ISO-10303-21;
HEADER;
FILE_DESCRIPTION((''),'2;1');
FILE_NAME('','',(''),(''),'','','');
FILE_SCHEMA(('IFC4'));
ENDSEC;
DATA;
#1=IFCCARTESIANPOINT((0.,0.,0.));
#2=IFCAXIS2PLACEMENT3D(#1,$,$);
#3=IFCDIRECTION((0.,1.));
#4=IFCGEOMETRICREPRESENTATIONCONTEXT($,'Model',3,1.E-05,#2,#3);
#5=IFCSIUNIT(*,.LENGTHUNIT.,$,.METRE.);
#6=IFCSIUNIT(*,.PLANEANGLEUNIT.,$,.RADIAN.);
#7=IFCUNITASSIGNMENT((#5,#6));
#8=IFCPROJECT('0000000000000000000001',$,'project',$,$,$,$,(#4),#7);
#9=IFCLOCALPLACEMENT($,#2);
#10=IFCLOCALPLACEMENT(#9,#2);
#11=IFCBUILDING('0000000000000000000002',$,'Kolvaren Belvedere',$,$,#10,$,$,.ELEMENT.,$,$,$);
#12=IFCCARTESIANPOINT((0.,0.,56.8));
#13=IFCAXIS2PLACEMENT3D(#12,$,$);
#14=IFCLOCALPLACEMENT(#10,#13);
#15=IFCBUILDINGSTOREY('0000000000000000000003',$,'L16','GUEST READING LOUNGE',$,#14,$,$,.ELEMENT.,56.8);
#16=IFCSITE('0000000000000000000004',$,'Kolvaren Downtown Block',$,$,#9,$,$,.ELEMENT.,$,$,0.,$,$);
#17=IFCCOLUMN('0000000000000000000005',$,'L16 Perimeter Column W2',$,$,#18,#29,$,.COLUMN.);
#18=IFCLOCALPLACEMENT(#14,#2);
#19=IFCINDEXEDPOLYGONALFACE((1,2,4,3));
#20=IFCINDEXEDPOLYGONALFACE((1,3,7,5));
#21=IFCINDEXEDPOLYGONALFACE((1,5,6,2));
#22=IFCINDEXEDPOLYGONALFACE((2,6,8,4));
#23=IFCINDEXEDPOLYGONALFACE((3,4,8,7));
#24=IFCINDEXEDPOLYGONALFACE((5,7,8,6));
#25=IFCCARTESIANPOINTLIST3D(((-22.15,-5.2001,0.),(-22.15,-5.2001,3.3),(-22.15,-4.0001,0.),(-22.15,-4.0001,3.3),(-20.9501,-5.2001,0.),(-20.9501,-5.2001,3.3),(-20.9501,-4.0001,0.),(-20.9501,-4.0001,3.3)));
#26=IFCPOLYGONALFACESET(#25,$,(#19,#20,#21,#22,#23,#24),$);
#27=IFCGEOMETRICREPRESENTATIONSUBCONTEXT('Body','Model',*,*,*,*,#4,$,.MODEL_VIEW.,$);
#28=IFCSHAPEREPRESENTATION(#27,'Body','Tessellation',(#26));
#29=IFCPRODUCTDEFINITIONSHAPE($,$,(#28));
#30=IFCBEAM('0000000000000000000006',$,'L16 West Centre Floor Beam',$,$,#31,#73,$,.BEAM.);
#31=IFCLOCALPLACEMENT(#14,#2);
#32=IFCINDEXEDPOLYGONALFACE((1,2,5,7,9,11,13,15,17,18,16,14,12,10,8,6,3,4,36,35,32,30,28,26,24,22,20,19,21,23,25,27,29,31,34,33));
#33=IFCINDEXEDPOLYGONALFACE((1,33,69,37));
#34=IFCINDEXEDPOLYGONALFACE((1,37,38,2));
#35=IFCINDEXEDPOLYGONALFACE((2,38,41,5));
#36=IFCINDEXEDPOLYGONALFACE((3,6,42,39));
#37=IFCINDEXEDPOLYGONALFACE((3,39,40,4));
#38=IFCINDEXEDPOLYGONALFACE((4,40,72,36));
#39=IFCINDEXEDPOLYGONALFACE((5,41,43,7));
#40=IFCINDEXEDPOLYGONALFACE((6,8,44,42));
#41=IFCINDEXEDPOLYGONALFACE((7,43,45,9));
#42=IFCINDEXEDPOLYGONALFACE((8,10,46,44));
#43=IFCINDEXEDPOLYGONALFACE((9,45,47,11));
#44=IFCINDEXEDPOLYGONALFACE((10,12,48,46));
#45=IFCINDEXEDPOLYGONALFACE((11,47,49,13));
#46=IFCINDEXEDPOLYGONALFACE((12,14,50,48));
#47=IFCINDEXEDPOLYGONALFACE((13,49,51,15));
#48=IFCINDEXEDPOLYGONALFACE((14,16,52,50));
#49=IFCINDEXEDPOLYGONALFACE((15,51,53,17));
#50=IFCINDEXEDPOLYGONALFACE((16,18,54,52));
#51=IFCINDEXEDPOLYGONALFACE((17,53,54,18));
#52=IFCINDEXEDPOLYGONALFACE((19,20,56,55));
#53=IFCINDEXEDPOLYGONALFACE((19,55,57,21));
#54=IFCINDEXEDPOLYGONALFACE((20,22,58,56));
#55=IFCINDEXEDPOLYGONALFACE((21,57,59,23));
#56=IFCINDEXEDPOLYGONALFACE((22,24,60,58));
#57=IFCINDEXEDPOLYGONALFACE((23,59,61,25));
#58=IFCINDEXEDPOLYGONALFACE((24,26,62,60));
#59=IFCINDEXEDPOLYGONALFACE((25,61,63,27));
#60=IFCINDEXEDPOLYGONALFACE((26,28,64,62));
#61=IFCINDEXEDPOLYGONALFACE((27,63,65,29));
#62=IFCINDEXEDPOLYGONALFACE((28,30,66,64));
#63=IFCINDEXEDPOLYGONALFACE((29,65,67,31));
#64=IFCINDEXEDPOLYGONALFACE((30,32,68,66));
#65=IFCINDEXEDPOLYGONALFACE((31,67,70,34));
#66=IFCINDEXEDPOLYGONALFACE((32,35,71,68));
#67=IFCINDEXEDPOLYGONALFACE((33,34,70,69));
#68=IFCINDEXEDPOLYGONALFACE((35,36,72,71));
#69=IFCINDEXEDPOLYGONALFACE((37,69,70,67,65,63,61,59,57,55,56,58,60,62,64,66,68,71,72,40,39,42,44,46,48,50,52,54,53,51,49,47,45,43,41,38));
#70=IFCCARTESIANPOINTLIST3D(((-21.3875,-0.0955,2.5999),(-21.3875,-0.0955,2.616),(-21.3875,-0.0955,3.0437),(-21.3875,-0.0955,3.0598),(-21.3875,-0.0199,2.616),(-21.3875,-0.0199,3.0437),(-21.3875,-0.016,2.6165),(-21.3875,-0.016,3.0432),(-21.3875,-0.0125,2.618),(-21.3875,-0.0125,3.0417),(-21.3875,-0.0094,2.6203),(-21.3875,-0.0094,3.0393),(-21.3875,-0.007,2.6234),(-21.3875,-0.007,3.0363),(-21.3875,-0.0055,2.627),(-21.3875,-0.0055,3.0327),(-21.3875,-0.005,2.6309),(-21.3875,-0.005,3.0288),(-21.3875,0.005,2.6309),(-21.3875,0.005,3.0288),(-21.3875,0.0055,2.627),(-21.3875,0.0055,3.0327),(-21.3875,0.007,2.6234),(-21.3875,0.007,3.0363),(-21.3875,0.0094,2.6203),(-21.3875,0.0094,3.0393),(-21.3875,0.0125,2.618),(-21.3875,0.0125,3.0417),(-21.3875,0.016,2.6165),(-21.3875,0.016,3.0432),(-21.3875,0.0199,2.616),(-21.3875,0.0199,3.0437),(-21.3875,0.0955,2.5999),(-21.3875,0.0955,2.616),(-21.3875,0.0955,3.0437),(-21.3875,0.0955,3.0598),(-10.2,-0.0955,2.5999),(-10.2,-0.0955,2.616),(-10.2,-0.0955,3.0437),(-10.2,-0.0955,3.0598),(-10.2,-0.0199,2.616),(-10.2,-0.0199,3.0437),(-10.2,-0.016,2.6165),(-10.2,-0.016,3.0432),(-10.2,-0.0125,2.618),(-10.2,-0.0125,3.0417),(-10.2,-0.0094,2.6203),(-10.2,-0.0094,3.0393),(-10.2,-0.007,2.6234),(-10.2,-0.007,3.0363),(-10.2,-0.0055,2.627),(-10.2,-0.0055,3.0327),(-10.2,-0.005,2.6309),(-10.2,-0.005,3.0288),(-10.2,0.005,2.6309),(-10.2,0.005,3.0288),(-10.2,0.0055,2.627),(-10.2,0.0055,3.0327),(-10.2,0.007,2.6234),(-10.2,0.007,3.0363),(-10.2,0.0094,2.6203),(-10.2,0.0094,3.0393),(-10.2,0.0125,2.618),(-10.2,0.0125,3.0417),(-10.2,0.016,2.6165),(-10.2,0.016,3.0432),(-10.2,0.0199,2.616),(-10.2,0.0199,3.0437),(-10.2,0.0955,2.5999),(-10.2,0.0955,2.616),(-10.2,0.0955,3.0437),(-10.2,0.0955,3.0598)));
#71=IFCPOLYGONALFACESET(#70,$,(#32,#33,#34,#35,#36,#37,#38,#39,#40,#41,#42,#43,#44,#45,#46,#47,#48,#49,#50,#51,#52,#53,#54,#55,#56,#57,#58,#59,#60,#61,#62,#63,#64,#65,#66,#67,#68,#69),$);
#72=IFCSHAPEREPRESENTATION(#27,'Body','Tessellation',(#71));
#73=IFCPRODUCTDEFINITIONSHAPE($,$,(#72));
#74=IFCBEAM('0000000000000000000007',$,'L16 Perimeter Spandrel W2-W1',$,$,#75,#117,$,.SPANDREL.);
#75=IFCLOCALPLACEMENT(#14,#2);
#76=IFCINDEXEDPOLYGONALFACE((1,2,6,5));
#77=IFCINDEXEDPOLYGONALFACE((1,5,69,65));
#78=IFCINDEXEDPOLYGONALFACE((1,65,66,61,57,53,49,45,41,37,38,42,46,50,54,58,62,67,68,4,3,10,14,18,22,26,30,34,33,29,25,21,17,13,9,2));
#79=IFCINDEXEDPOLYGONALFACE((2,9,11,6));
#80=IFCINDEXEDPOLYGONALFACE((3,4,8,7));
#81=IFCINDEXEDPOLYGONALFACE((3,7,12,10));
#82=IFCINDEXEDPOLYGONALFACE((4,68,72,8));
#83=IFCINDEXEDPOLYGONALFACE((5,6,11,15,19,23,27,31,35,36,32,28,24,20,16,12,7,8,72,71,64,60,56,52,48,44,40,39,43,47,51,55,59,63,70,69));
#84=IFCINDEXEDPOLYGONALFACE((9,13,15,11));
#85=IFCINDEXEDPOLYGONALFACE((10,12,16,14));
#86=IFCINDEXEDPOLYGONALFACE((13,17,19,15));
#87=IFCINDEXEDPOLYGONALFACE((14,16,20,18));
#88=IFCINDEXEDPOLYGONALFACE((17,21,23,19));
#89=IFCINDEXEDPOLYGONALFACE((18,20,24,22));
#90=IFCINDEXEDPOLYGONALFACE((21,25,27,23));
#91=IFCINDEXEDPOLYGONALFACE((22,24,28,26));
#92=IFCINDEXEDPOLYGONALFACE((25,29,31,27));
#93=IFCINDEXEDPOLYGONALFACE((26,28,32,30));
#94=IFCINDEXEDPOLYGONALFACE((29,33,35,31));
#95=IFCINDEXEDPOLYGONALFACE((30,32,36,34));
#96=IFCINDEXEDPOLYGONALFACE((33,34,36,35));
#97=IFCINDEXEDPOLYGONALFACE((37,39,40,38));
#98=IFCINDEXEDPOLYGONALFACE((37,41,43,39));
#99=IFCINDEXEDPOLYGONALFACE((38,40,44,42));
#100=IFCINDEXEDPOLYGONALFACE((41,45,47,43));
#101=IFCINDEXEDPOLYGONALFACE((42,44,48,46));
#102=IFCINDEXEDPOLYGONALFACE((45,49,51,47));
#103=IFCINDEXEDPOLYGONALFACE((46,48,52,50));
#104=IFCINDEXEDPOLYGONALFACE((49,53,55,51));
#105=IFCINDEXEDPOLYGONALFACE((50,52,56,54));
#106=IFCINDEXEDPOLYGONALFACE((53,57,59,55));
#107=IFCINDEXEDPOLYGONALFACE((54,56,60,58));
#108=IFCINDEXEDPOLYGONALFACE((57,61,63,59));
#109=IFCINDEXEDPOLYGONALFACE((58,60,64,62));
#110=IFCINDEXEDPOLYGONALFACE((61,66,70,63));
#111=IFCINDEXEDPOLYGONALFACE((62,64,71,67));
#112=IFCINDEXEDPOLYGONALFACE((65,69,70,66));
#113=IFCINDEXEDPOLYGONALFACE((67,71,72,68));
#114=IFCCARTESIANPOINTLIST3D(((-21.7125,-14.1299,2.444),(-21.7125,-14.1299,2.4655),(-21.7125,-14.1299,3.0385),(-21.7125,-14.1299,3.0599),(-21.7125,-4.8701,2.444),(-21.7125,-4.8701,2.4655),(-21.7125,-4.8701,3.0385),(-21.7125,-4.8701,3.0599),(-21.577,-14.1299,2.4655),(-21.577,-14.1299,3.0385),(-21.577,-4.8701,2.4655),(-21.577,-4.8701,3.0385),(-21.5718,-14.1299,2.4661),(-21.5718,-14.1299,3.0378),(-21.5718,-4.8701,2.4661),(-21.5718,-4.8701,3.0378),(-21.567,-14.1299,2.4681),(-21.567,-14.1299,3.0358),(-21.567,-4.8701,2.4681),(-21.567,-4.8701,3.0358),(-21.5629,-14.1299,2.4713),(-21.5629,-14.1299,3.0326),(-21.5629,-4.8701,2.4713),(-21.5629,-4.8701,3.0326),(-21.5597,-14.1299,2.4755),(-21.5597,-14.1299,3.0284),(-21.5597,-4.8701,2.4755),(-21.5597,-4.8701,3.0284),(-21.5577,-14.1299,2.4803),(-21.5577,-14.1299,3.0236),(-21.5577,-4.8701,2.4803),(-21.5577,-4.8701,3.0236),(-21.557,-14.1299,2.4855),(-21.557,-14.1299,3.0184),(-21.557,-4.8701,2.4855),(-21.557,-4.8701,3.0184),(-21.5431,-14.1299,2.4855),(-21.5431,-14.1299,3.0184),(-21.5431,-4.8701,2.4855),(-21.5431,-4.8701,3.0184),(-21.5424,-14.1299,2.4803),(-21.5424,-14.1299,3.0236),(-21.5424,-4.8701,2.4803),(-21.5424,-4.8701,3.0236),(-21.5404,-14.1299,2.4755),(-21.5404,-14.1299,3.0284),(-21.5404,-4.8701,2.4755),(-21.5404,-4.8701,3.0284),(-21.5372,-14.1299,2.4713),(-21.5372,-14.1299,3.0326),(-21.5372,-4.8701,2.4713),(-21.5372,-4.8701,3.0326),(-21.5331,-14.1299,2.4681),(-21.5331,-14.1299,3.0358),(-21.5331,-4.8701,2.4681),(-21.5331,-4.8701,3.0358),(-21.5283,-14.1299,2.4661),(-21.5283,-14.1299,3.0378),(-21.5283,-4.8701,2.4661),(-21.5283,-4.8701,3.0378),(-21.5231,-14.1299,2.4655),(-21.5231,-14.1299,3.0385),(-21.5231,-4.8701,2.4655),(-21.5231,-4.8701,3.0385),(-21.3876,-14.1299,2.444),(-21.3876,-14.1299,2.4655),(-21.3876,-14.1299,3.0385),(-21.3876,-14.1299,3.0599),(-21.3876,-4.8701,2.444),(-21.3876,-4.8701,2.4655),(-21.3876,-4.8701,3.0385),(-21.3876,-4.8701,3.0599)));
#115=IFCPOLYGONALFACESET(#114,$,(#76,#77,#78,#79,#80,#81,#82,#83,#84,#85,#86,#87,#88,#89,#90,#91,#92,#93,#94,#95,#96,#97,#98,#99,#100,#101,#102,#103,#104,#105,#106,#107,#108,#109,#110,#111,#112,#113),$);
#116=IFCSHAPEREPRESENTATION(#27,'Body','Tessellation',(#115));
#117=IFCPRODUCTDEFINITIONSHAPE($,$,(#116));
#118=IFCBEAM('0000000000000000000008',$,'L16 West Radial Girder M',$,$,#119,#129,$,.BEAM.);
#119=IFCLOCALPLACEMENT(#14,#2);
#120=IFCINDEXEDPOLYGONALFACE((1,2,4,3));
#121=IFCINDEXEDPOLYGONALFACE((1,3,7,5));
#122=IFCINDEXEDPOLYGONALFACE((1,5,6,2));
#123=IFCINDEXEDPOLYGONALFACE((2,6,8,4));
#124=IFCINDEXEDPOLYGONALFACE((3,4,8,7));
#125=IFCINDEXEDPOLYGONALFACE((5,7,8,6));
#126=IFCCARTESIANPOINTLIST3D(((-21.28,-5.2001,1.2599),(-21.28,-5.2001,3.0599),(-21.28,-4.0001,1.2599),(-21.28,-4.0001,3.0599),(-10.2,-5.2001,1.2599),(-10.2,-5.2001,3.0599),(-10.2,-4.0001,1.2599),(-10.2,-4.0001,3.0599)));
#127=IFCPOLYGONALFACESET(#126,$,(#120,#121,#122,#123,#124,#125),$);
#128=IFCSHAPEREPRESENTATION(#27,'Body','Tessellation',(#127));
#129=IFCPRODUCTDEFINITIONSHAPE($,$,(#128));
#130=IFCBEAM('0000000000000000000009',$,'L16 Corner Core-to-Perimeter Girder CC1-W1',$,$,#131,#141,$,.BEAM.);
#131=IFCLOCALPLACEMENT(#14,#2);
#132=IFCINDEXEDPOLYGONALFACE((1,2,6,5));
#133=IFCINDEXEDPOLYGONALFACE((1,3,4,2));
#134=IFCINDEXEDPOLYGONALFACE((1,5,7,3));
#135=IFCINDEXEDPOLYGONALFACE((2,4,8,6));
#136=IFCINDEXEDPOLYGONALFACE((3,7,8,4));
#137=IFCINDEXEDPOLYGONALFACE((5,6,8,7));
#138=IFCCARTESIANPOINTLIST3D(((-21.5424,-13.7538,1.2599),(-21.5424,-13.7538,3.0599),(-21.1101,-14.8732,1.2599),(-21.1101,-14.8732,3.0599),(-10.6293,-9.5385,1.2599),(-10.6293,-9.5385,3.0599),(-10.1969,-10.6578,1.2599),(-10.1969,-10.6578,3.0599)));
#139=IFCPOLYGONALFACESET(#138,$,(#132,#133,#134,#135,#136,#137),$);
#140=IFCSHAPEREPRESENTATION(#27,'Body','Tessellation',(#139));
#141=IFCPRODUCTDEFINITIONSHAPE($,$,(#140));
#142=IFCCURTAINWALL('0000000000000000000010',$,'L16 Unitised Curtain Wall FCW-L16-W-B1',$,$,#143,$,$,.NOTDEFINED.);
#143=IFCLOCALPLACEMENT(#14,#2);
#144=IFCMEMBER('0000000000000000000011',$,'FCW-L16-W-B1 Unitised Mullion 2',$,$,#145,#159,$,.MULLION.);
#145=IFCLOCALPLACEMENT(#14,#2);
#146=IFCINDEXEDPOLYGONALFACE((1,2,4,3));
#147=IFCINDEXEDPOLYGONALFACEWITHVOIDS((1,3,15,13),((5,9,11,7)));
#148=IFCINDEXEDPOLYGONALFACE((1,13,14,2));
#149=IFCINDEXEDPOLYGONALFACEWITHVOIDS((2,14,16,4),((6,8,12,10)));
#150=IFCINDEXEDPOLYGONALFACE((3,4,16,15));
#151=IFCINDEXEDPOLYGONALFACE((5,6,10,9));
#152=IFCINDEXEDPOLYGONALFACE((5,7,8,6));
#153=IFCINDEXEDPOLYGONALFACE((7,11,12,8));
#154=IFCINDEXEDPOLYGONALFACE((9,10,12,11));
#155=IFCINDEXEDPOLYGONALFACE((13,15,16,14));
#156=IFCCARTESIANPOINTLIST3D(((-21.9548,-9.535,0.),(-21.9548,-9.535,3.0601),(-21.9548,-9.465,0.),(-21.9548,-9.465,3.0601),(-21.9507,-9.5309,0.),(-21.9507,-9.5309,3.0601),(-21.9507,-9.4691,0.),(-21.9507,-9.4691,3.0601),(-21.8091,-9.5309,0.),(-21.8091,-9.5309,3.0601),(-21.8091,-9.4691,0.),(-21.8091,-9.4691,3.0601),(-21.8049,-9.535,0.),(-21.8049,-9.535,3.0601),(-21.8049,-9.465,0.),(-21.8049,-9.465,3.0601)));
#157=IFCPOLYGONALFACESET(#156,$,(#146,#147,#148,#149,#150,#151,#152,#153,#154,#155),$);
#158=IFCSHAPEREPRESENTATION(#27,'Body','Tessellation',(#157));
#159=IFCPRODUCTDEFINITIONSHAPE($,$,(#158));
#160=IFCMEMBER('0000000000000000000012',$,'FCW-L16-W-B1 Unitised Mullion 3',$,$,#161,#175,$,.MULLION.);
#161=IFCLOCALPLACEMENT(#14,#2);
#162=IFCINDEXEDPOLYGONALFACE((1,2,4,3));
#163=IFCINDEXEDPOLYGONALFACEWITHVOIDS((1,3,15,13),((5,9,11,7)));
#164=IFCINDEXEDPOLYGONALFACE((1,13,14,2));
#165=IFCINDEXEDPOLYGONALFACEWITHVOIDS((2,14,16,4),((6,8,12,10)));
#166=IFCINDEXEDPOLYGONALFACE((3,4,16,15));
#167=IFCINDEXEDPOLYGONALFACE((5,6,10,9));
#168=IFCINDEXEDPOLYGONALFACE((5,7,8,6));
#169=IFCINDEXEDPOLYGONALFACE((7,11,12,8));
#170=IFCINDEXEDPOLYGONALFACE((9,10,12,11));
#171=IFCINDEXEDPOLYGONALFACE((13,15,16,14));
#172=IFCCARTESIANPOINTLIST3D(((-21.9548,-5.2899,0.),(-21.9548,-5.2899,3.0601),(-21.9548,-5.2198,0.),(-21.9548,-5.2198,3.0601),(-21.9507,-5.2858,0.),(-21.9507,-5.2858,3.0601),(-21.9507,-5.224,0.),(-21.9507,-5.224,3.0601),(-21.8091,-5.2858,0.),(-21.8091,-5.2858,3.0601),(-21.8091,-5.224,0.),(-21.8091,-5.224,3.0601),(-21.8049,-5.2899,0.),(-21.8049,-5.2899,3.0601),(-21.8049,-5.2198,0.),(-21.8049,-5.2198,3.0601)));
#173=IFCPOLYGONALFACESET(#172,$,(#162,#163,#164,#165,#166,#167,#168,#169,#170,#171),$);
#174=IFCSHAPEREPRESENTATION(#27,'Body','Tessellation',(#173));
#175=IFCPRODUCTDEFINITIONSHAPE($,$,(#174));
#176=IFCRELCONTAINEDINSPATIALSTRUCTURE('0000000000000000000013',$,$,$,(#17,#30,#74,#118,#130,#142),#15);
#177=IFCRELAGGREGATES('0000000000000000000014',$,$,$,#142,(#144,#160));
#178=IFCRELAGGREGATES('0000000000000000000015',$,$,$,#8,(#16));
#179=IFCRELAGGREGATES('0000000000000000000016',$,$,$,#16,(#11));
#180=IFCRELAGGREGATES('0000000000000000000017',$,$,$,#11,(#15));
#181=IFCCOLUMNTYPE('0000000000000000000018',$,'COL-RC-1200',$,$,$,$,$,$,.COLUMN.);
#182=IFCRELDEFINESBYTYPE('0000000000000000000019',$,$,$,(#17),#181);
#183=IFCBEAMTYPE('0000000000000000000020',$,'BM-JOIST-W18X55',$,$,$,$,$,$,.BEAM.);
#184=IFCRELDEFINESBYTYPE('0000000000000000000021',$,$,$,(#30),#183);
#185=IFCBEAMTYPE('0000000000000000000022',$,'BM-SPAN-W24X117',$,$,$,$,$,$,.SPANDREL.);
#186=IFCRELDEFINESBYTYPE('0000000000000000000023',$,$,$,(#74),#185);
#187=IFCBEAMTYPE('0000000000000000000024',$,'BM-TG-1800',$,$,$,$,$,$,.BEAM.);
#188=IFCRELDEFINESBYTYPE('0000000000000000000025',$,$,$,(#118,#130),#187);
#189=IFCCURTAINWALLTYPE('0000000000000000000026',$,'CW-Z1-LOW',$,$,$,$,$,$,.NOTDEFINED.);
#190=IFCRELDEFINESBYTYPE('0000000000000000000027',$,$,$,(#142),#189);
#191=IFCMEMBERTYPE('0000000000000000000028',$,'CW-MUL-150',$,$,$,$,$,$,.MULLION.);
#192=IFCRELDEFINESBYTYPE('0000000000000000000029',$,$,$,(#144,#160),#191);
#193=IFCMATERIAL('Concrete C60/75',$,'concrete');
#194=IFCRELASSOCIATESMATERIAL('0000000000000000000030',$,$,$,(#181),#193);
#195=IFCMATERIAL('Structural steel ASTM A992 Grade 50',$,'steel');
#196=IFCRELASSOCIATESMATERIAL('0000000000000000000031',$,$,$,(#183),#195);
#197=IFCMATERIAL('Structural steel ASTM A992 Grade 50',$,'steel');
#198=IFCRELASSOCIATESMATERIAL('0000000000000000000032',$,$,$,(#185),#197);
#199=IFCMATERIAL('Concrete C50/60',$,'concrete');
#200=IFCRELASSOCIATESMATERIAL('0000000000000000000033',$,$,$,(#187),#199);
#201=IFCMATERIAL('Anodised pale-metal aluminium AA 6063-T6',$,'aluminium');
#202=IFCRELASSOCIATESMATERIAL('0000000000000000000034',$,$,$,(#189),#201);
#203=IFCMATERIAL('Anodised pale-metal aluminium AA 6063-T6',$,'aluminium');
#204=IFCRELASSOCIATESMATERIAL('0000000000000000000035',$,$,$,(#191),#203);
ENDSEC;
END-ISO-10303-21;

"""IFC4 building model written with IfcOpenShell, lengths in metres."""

from ifc_helpers import new_model, si_unit, direction, frame, origin, origin_2d, place, context, subcontext, project, spatial, rectangle, hollow_rectangle, i_section, extrude, material, material_profile, profile_set, type_object, element, aggregate, save


model = new_model("IFC4")

# Units and contexts
model_context = context("Model", 3, precision=1e-05, world=origin(), true_north=direction((0.0, 1.0)))
body_context = subcontext(model_context, "Body", "Model", "MODEL_VIEW")
ifc_project = project(units=[si_unit("LENGTHUNIT", "METRE"), si_unit("PLANEANGLEUNIT", "RADIAN")], contexts=[model_context])

# Site, building, storey
site_placement = place(None, origin())
site = spatial("IfcSite", under=ifc_project, at=site_placement, Name="Kolvaren Downtown Block", CompositionType="ELEMENT", RefElevation=0.0)
building_placement = place(site_placement, origin())
building = spatial("IfcBuilding", under=site, at=building_placement, Name="Kolvaren Belvedere", CompositionType="ELEMENT")
storey_placement = place(building_placement, frame((0.0, 0.0, 56.8)))
storey = spatial("IfcBuildingStorey", under=building, at=storey_placement, Name="L16", Description="GUEST READING LOUNGE", CompositionType="ELEMENT", Elevation=56.8)

# Column
ifc_material_1 = material(Name="Concrete C60/75", Category="concrete")
ifc_material_profile_1 = material_profile(ifc_material_1, rectangle(XDim=1.2, YDim=1.2, at=origin_2d()), Name="RC 1200X1200")
ifc_profile_set_1 = profile_set([ifc_material_profile_1], Name="Concrete C60/75")
column_type = type_object("IfcColumnType", Name="COL-RC-1200", PredefinedType="COLUMN", material=ifc_profile_set_1)
column_placement = place(storey_placement, frame((-21.55, -4.6001, 0.0), z_axis=(0.0, 0.0, 1.0), x_axis=(1.0, 0.0, 0.0)))
element("IfcColumn", 1, at=column_placement, inside=storey, type_object=column_type, Name="L16 Perimeter Column W2", PredefinedType="COLUMN", context=body_context, shape_type="SweptSolid", body=[
    extrude(rectangle(XDim=1.2, YDim=1.2, at=origin_2d()), origin(), (0.0, 0.0, 1.0), 3.3),
])

# Beams
ifc_material_2 = material(Name="Structural steel ASTM A992 Grade 50", Category="steel")
ifc_material_profile_2 = material_profile(ifc_material_2, i_section(OverallWidth=0.1909, OverallDepth=0.46, WebThickness=0.01, FlangeThickness=0.0161, FilletRadius=0.0149, at=origin_2d()), Name="W18X55")
ifc_profile_set_2 = profile_set([ifc_material_profile_2], Name="Structural steel ASTM A992 Grade 50")
beam_type_1 = type_object("IfcBeamType", Name="BM-JOIST-W18X55", PredefinedType="BEAM", material=ifc_profile_set_2)
beam_1_placement = place(storey_placement, frame((-10.2, 0.0, 2.8298), z_axis=(-1.0, 0.0, 0.0), x_axis=(0.0, -1.0, 0.0)))
element("IfcBeam", 2, at=beam_1_placement, inside=storey, type_object=beam_type_1, Name="L16 West Centre Floor Beam", PredefinedType="BEAM", context=body_context, shape_type="SweptSolid", body=[
    extrude(i_section(OverallWidth=0.1909, OverallDepth=0.46, WebThickness=0.01, FlangeThickness=0.0161, FilletRadius=0.0149, at=origin_2d()), origin(), (0.0, 0.0, 1.0), 11.1875),
])
ifc_material_3 = material(Name="Structural steel ASTM A992 Grade 50", Category="steel")
ifc_material_profile_3 = material_profile(ifc_material_3, i_section(OverallWidth=0.325, OverallDepth=0.616, WebThickness=0.0139, FlangeThickness=0.0215, FilletRadius=0.02, at=origin_2d()), Name="W24X117")
ifc_profile_set_3 = profile_set([ifc_material_profile_3], Name="Structural steel ASTM A992 Grade 50")
beam_type_2 = type_object("IfcBeamType", Name="BM-SPAN-W24X117", PredefinedType="SPANDREL", material=ifc_profile_set_3)
beam_2_placement = place(storey_placement, frame((-21.55, -4.8701, 2.752), z_axis=(0.0, -1.0, 0.0), x_axis=(1.0, 0.0, 0.0)))
element("IfcBeam", 3, at=beam_2_placement, inside=storey, type_object=beam_type_2, Name="L16 Perimeter Spandrel W2-W1", PredefinedType="SPANDREL", context=body_context, shape_type="SweptSolid", body=[
    extrude(i_section(OverallWidth=0.325, OverallDepth=0.616, WebThickness=0.0139, FlangeThickness=0.0215, FilletRadius=0.02, at=origin_2d()), origin(), (0.0, 0.0, 1.0), 9.2598),
])
ifc_material_4 = material(Name="Concrete C50/60", Category="concrete")
ifc_material_profile_4 = material_profile(ifc_material_4, rectangle(XDim=1.2, YDim=1.8, at=origin_2d()), Name="RC 1200X1800")
ifc_profile_set_4 = profile_set([ifc_material_profile_4], Name="Concrete C50/60")
beam_type_3 = type_object("IfcBeamType", Name="BM-TG-1800", PredefinedType="BEAM", material=ifc_profile_set_4)
beam_3_placement = place(storey_placement, frame((-10.2, -4.6001, 2.1599), z_axis=(-1.0, 0.0, 0.0), x_axis=(0.0, -1.0, 0.0)))
element("IfcBeam", 4, at=beam_3_placement, inside=storey, type_object=beam_type_3, Name="L16 West Radial Girder M", PredefinedType="BEAM", context=body_context, shape_type="SweptSolid", body=[
    extrude(rectangle(XDim=1.2, YDim=1.8, at=origin_2d()), origin(), (0.0, 0.0, 1.0), 11.0801),
])
beam_4_placement = place(storey_placement, frame((-10.4131, -10.0981, 2.1599), z_axis=(-0.932829, -0.360318, 0.0), x_axis=(0.360318, -0.932829, 0.0)))
element("IfcBeam", 5, at=beam_4_placement, inside=storey, type_object=beam_type_3, Name="L16 Corner Core-to-Perimeter Girder CC1-W1", PredefinedType="BEAM", context=body_context, shape_type="SweptSolid", body=[
    extrude(rectangle(XDim=1.2, YDim=1.8, at=origin_2d()), origin(), (0.0, 0.0, 1.0), 11.699),
])

# Curtain wall, members
ifc_material_5 = material(Name="Anodised pale-metal aluminium AA 6063-T6", Category="aluminium")
curtain_wall_type = type_object("IfcCurtainWallType", Name="CW-Z1-LOW", PredefinedType="NOTDEFINED", material=ifc_material_5)
curtain_wall_1_placement = place(storey_placement, origin())
curtain_wall_1 = element("IfcCurtainWall", 6, at=curtain_wall_1_placement, inside=storey, type_object=curtain_wall_type, Name="L16 Unitised Curtain Wall FCW-L16-W-B1", PredefinedType="NOTDEFINED")
ifc_material_6 = material(Name="Anodised pale-metal aluminium AA 6063-T6", Category="aluminium")
ifc_material_profile_5 = material_profile(ifc_material_6, hollow_rectangle(XDim=0.0701, YDim=0.1499, WallThickness=0.0042, at=origin_2d()), Name="ALU-MUL-150X70")
ifc_profile_set_5 = profile_set([ifc_material_profile_5], Name="Anodised pale-metal aluminium AA 6063-T6")
member_type_1 = type_object("IfcMemberType", Name="CW-MUL-150", PredefinedType="MULLION", material=ifc_profile_set_5)
member_1_placement = place(storey_placement, frame((-21.8799, -9.5, 0.0), z_axis=(0.0, 0.0, 1.0), x_axis=(0.0, 1.0, 0.0)))
member_1 = element("IfcMember", 7, at=member_1_placement, type_object=member_type_1, Name="FCW-L16-W-B1 Unitised Mullion 2", PredefinedType="MULLION", context=body_context, shape_type="SweptSolid", body=[
    extrude(hollow_rectangle(XDim=0.0701, YDim=0.1499, WallThickness=0.0042, at=origin_2d()), origin(), (0.0, 0.0, 1.0), 3.0601),
])
member_2_placement = place(storey_placement, frame((-21.8799, -5.2549, 0.0), z_axis=(0.0, 0.0, 1.0), x_axis=(0.0, 1.0, 0.0)))
member_2 = element("IfcMember", 8, at=member_2_placement, type_object=member_type_1, Name="FCW-L16-W-B1 Unitised Mullion 3", PredefinedType="MULLION", context=body_context, shape_type="SweptSolid", body=[
    extrude(hollow_rectangle(XDim=0.0701, YDim=0.1499, WallThickness=0.0042, at=origin_2d()), origin(), (0.0, 0.0, 1.0), 3.0601),
])

aggregate(curtain_wall_1, [member_1, member_2])

save(model, "model.ifc")
